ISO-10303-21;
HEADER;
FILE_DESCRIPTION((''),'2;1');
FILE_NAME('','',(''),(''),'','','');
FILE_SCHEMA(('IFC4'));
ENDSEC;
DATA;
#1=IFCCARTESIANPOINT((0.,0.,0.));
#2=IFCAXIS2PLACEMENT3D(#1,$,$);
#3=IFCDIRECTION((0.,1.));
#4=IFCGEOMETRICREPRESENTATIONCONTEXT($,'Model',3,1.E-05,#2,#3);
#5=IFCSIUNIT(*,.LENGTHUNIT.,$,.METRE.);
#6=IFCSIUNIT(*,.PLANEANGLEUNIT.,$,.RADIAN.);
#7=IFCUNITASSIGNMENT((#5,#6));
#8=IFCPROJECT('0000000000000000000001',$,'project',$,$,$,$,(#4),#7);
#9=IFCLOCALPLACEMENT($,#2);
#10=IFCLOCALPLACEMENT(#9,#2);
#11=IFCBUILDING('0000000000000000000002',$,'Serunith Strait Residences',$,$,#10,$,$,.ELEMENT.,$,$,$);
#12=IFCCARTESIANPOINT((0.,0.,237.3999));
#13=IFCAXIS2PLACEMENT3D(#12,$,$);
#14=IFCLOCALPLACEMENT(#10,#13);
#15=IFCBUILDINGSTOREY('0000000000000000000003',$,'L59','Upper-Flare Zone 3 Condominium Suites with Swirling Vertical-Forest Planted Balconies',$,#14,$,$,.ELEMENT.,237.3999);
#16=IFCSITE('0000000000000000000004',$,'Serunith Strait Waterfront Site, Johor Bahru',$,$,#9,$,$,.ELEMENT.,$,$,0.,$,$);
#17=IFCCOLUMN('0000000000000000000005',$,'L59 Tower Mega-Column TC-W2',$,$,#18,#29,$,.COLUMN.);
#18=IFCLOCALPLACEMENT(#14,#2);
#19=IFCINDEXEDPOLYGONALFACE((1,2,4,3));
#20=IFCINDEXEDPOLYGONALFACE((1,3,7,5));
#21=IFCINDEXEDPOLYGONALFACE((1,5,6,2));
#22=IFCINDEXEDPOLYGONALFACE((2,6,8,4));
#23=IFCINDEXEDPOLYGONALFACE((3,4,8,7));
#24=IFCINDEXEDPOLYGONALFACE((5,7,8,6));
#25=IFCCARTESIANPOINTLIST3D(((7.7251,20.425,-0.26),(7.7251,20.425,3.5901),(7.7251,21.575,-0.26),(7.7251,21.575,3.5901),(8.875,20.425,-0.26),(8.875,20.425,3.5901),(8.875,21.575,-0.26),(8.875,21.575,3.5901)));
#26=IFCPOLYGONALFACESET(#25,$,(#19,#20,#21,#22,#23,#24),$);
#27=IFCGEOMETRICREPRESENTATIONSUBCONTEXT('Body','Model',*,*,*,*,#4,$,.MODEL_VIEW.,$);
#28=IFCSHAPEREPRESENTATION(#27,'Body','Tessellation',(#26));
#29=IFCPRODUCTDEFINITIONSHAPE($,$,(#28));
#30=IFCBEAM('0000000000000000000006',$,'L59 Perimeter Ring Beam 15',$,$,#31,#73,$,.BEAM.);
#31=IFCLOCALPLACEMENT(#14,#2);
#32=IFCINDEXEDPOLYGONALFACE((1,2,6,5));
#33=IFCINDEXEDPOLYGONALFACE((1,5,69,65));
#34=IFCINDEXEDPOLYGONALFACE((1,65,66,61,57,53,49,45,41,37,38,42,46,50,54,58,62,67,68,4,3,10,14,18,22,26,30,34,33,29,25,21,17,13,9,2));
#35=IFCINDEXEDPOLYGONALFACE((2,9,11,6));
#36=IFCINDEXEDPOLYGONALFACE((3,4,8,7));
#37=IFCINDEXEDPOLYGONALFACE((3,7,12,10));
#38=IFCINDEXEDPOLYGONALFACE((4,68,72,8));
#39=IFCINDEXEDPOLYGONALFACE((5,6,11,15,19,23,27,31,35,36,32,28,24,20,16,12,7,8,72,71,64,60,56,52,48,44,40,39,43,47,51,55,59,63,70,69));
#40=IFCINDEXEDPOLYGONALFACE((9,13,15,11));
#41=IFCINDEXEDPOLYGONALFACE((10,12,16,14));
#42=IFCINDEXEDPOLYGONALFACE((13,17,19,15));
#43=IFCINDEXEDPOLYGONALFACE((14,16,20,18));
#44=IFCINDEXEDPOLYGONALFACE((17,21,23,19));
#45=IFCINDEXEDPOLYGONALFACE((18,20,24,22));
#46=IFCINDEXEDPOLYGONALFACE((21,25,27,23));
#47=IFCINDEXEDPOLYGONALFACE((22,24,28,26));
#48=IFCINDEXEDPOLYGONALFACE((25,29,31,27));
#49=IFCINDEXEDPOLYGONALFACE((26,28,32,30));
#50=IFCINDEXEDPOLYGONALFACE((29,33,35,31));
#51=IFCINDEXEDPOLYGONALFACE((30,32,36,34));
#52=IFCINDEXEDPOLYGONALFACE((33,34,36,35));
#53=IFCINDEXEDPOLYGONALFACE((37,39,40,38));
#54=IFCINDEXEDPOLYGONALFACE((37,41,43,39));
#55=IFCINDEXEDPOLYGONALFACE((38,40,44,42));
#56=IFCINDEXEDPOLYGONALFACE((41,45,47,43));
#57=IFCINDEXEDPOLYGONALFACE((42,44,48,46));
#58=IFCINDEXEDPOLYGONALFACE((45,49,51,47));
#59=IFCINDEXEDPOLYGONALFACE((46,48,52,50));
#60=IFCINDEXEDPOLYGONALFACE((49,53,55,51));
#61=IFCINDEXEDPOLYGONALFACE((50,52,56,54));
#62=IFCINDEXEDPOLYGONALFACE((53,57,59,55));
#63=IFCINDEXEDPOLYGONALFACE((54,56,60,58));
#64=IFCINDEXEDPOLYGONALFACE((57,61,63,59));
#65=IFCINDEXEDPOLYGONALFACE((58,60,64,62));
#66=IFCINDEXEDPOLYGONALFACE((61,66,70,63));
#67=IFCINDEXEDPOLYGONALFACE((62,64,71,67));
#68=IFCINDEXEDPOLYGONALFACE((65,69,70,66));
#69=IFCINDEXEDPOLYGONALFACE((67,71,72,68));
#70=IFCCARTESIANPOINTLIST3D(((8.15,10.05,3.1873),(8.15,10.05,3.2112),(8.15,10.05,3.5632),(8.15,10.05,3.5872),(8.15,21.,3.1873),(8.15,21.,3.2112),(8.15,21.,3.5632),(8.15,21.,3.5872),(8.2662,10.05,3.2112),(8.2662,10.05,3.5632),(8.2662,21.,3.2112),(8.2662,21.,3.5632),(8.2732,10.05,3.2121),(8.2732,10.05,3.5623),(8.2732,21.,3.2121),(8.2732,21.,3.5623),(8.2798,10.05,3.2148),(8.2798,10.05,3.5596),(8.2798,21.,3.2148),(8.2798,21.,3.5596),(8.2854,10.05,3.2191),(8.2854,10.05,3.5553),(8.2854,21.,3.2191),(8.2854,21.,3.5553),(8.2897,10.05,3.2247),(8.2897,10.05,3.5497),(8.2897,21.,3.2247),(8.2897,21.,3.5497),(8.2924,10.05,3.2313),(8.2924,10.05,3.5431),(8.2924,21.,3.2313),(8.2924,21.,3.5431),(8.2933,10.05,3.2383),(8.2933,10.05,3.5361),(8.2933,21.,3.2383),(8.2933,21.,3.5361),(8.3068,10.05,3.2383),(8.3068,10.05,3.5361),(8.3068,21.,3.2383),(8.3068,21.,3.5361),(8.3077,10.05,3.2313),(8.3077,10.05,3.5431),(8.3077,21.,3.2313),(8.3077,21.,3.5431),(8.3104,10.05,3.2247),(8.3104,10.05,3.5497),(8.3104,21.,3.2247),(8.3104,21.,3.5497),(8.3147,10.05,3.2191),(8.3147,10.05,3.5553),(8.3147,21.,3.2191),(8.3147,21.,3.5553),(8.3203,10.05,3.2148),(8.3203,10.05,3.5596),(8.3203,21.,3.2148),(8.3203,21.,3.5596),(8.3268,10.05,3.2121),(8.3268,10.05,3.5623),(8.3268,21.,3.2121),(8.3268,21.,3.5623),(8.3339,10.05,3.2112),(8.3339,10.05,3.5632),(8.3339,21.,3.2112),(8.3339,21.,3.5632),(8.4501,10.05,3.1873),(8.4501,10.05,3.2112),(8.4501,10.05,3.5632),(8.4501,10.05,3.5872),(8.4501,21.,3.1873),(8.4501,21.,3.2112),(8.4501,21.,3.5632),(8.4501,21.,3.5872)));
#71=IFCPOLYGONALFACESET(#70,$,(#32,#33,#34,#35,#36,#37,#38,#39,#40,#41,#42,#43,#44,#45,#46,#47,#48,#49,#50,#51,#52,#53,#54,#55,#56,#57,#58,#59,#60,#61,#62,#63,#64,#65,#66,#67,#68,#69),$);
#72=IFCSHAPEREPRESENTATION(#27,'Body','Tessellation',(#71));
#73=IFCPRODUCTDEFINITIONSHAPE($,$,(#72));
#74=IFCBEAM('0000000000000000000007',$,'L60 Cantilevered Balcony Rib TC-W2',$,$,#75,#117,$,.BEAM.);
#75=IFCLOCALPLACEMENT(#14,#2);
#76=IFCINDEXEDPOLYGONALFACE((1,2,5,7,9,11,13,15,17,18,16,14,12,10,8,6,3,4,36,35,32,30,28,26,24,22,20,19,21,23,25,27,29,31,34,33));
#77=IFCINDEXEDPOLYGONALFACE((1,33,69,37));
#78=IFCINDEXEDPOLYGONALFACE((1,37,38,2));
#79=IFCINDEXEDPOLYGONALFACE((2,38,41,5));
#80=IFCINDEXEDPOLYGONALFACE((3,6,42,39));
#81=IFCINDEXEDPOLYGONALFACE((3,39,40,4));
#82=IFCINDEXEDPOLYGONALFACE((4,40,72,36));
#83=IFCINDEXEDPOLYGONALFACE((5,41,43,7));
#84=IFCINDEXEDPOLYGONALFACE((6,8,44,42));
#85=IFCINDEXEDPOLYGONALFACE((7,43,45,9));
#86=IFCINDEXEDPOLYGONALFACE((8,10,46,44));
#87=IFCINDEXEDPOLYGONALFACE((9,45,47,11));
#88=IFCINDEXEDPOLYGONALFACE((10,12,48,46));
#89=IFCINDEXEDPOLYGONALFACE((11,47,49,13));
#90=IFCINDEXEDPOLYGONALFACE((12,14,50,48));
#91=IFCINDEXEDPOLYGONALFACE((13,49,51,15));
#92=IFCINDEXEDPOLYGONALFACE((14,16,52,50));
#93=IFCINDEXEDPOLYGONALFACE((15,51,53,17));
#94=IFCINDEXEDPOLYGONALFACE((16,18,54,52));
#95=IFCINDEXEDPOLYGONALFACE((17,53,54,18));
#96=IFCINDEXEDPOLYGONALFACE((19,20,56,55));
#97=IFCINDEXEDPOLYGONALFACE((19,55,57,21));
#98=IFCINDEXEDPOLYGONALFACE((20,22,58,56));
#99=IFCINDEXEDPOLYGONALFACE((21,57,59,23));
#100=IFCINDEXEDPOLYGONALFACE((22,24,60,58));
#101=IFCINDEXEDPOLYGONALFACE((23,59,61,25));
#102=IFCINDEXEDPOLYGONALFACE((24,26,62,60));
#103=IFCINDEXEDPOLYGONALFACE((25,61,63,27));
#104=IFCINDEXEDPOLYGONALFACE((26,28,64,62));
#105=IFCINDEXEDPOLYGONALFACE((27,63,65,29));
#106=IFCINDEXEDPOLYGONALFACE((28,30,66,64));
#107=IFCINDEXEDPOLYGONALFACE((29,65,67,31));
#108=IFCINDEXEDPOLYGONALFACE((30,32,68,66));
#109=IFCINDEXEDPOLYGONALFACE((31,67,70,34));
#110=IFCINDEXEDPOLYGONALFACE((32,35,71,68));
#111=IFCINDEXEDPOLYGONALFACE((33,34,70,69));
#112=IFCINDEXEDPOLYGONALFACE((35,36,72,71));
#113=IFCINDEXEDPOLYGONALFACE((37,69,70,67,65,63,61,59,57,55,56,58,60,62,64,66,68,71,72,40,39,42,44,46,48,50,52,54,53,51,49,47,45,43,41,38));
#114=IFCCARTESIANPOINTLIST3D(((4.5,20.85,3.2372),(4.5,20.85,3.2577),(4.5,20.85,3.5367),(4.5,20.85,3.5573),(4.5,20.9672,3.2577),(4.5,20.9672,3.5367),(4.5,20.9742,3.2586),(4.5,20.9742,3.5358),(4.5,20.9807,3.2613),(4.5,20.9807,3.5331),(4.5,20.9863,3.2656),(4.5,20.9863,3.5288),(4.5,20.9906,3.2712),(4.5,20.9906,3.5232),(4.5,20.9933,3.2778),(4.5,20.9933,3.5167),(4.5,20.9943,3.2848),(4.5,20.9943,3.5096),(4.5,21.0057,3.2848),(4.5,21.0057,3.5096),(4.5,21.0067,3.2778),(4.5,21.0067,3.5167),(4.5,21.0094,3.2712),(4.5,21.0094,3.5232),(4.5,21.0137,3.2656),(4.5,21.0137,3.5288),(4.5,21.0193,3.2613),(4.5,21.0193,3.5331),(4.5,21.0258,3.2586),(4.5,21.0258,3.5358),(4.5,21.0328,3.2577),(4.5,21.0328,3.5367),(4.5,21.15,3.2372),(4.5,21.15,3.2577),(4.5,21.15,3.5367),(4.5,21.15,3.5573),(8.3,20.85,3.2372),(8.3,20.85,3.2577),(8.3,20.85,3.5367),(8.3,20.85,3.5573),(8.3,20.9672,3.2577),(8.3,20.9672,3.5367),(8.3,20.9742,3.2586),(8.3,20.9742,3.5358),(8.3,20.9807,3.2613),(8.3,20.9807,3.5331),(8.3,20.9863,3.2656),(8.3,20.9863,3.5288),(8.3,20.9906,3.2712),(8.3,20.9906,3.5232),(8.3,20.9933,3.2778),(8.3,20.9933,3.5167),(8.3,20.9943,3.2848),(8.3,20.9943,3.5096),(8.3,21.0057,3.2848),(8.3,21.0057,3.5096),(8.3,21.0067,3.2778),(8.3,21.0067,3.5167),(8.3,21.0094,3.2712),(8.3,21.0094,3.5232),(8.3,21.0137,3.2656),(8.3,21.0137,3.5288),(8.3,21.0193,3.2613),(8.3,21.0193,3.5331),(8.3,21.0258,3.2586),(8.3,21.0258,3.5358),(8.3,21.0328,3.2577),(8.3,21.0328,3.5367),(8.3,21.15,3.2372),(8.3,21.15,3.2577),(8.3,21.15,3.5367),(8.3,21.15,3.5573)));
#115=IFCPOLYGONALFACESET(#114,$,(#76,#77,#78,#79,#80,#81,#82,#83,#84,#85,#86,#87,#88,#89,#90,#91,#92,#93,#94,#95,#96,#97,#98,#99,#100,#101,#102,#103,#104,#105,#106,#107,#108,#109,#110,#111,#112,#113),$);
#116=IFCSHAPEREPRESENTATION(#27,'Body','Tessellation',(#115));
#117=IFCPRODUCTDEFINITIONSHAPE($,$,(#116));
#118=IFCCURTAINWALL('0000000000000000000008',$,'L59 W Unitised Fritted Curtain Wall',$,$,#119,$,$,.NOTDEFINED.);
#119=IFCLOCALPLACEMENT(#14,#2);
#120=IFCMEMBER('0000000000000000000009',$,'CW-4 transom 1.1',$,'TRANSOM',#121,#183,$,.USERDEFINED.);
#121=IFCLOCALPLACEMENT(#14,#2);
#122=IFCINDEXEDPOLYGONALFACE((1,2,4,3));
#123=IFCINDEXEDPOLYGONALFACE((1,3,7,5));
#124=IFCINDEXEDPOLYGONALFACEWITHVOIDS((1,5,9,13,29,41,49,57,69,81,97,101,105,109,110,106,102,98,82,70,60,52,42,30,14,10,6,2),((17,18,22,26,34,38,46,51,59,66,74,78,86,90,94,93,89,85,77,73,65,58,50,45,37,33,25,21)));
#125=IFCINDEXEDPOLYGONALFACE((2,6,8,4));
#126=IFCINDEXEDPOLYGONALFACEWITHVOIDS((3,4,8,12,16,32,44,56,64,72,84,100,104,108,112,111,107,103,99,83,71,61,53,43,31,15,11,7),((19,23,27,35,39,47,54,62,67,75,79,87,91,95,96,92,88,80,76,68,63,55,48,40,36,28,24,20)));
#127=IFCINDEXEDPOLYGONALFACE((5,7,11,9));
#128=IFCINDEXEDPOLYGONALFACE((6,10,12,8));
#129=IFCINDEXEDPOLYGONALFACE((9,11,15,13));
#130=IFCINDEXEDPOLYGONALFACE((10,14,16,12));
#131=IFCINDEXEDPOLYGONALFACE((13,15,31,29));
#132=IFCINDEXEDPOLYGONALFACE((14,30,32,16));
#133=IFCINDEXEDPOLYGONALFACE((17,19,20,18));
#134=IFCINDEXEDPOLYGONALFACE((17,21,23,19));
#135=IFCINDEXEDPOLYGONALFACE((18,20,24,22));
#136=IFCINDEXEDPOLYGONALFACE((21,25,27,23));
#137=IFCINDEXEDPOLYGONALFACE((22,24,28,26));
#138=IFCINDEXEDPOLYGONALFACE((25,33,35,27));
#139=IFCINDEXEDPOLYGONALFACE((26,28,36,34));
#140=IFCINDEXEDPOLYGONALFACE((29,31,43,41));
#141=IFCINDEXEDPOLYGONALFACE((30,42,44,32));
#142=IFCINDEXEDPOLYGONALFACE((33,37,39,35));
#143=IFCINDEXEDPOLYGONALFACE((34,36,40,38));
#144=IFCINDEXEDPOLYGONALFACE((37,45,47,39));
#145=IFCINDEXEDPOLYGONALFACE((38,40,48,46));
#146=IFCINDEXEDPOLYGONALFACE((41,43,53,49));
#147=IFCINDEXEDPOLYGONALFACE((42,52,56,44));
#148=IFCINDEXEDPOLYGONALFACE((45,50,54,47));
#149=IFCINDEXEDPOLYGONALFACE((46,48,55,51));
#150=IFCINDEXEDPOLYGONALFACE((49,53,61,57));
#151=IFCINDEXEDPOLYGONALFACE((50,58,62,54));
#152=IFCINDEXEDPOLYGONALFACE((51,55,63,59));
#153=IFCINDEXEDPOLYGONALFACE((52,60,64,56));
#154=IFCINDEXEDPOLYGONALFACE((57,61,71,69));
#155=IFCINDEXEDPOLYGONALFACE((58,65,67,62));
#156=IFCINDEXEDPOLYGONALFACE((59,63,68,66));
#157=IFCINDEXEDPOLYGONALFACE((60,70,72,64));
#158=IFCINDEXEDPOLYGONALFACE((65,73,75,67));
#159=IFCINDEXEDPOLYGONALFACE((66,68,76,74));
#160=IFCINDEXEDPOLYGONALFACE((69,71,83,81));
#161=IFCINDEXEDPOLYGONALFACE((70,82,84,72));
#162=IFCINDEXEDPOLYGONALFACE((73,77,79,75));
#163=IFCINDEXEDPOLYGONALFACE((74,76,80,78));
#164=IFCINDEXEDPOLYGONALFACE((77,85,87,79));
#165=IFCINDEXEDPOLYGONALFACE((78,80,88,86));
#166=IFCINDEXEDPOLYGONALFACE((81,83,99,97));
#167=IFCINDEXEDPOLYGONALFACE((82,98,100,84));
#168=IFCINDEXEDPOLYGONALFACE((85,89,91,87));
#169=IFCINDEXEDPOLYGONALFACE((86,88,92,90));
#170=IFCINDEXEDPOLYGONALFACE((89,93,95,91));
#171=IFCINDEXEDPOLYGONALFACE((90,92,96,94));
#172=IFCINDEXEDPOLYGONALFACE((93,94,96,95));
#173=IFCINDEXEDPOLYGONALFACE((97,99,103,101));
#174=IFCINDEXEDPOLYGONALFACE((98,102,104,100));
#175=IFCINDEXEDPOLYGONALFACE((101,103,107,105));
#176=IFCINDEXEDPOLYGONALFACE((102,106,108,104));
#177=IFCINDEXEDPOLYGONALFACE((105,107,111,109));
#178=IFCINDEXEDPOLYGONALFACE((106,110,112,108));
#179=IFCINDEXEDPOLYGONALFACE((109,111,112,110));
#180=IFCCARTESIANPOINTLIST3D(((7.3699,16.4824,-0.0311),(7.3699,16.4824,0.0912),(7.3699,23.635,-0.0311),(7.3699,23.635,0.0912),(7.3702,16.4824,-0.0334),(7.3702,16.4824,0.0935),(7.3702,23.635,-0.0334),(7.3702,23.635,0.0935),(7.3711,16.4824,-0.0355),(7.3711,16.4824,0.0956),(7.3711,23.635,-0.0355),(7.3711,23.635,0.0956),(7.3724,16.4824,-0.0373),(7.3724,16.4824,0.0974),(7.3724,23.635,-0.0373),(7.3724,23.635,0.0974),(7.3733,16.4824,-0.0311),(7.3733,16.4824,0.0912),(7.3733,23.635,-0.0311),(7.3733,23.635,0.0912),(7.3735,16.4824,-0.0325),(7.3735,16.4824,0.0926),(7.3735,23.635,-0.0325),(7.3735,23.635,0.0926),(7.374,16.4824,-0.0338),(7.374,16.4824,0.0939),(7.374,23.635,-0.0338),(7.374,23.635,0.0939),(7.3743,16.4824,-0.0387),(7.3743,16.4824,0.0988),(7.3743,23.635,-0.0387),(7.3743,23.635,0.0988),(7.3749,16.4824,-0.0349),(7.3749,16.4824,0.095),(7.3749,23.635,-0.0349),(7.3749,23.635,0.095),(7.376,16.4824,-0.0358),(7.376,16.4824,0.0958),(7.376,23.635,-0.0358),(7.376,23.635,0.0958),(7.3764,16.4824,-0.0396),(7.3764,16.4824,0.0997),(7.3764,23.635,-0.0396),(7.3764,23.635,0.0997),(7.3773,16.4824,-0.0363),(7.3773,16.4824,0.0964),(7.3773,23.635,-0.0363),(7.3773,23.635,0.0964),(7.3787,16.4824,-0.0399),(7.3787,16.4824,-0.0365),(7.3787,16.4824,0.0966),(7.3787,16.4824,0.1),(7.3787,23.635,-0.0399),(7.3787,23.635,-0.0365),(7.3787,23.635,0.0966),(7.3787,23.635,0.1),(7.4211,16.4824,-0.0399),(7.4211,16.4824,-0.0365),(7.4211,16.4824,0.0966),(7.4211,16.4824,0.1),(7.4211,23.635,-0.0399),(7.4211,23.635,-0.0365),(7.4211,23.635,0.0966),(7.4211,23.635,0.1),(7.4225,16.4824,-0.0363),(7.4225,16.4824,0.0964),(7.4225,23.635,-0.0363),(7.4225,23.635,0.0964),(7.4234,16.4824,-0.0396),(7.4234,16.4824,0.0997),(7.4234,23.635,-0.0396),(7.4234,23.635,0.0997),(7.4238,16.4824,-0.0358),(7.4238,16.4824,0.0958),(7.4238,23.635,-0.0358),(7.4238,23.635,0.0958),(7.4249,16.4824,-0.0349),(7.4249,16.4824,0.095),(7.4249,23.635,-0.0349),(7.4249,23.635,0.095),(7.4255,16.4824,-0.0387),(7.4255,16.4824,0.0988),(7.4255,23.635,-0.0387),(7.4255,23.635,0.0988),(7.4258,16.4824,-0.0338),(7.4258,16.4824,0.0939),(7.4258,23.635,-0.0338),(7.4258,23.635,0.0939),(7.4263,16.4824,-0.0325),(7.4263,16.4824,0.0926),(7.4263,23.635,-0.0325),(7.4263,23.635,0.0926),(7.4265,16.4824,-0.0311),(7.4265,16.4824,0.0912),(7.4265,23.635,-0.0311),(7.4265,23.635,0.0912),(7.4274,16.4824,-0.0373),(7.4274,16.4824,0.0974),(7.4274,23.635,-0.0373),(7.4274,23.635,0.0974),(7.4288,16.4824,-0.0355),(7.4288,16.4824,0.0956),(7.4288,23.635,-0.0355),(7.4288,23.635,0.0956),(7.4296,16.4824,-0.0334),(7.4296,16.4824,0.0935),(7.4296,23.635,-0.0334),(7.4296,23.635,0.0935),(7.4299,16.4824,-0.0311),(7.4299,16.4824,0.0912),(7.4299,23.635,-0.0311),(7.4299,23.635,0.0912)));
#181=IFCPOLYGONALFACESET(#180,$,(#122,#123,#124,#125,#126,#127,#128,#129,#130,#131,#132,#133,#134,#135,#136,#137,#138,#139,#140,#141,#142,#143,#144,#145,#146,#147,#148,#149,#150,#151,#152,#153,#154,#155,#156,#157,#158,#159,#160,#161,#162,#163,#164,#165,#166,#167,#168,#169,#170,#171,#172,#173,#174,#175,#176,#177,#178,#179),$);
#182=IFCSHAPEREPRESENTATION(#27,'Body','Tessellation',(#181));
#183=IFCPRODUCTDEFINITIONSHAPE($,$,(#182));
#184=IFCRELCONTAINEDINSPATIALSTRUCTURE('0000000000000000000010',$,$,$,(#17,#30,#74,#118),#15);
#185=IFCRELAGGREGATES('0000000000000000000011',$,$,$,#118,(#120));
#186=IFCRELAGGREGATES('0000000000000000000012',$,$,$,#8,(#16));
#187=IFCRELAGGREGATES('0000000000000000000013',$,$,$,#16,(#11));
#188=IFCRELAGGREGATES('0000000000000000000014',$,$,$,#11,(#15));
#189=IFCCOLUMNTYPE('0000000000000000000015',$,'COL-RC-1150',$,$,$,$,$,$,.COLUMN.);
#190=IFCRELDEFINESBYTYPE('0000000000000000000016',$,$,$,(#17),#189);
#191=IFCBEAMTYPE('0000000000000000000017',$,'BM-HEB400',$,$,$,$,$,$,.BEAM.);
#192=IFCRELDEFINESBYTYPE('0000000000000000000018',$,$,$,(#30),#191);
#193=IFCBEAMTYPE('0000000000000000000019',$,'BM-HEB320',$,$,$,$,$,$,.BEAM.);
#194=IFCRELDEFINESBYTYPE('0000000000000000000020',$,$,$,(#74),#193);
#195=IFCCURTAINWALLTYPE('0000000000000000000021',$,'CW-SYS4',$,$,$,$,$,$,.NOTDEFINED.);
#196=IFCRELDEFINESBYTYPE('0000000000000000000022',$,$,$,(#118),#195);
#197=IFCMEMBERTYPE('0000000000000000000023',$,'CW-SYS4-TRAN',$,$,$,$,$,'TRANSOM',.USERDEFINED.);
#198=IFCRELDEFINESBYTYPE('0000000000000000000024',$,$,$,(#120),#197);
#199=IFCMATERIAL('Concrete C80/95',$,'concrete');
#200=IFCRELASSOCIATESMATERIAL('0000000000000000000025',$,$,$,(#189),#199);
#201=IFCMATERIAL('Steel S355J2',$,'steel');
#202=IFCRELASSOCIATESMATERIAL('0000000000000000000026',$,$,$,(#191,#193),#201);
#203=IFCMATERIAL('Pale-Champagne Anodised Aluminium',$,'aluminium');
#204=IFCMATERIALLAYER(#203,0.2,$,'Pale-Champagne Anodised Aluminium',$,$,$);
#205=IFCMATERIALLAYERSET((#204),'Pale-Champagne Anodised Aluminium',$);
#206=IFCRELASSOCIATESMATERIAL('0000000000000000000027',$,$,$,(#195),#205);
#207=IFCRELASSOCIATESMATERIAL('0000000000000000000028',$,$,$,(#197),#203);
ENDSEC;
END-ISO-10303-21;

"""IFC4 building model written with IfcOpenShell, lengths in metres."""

from ifc_helpers import new_model, si_unit, direction, frame, origin, origin_2d, place, context, subcontext, project, spatial, rectangle, hollow_rectangle, i_section, extrude, source, transform, mapped, material, layer, layer_set, material_profile, profile_set, type_object, element, aggregate, save


model = new_model("IFC4")

# Units and contexts
model_context = context("Model", 3, precision=1e-05, world=origin(), true_north=direction((0.0, 1.0)))
body_context = subcontext(model_context, "Body", "Model", "MODEL_VIEW")
ifc_project = project(units=[si_unit("LENGTHUNIT", "METRE"), si_unit("PLANEANGLEUNIT", "RADIAN")], contexts=[model_context])

# Site, building, storey
site_placement = place(None, origin())
site = spatial("IfcSite", under=ifc_project, at=site_placement, Name="Serunith Strait Waterfront Site, Johor Bahru", CompositionType="ELEMENT", RefElevation=0.0)
building_placement = place(site_placement, origin())
building = spatial("IfcBuilding", under=site, at=building_placement, Name="Serunith Strait Residences", CompositionType="ELEMENT")
storey_placement = place(building_placement, frame((0.0, 0.0, 237.3999)))
storey = spatial("IfcBuildingStorey", under=building, at=storey_placement, Name="L59", Description="Upper-Flare Zone 3 Condominium Suites with Swirling Vertical-Forest Planted Balconies", CompositionType="ELEMENT", Elevation=237.3999)

# Column
ifc_material_1 = material(Name="Concrete C80/95", Category="concrete")
ifc_material_profile_1 = material_profile(ifc_material_1, rectangle(XDim=1.1499, YDim=1.1499, at=origin_2d()), Name="RC 1150x1150")
ifc_profile_set_1 = profile_set([ifc_material_profile_1], Name="Concrete C80/95")
column_type = type_object("IfcColumnType", Name="COL-RC-1150", PredefinedType="COLUMN", material=ifc_profile_set_1)
shared_shape_1 = source(origin(), body_context, "Body", "SweptSolid", [
    extrude(rectangle(XDim=1.1499, YDim=1.1499, at=origin_2d()), origin(), (0.0, 0.0, 1.0), 3.8501),
])
column_placement = place(storey_placement, frame((8.3, 21.0, -0.26), z_axis=(0.0, 0.0, 1.0), x_axis=(1.0, 0.0, 0.0)))
element("IfcColumn", 1, at=column_placement, inside=storey, type_object=column_type, Name="L59 Tower Mega-Column TC-W2", PredefinedType="COLUMN", context=body_context, shape_type="MappedRepresentation", body=[
    mapped(shared_shape_1, transform((0.0, 0.0, 0.0), scale=1.0)),
])

# Beams
ifc_material_2 = material(Name="Steel S355J2", Category="steel")
ifc_material_profile_2 = material_profile(ifc_material_2, i_section(OverallWidth=0.3, OverallDepth=0.3999, WebThickness=0.0134, FlangeThickness=0.0239, FilletRadius=0.0271, at=origin_2d()), Name="HEB 400")
ifc_profile_set_2 = profile_set([ifc_material_profile_2], Name="Steel S355J2")
beam_type_1 = type_object("IfcBeamType", Name="BM-HEB400", PredefinedType="BEAM", material=ifc_profile_set_2)
shared_shape_2 = source(origin(), body_context, "Body", "SweptSolid", [
    extrude(i_section(OverallWidth=0.3, OverallDepth=0.3999, WebThickness=0.0134, FlangeThickness=0.0239, FilletRadius=0.0271, at=origin_2d()), origin(), (0.0, 0.0, 1.0), 10.95),
])
beam_1_placement = place(storey_placement, frame((8.3, 21.0, 3.3872), z_axis=(0.0, -1.0, 0.0), x_axis=(1.0, 0.0, 0.0)))
element("IfcBeam", 2, at=beam_1_placement, inside=storey, type_object=beam_type_1, Name="L59 Perimeter Ring Beam 15", PredefinedType="BEAM", context=body_context, shape_type="MappedRepresentation", body=[
    mapped(shared_shape_2, transform((0.0, 0.0, 0.0), scale=1.0)),
])
ifc_material_profile_3 = material_profile(ifc_material_2, i_section(OverallWidth=0.3, OverallDepth=0.3201, WebThickness=0.0115, FlangeThickness=0.0205, FilletRadius=0.0271, at=origin_2d()), Name="HEB 320")
ifc_profile_set_3 = profile_set([ifc_material_profile_3], Name="Steel S355J2")
beam_type_2 = type_object("IfcBeamType", Name="BM-HEB320", PredefinedType="BEAM", material=ifc_profile_set_3)
shared_shape_3 = source(origin(), body_context, "Body", "SweptSolid", [
    extrude(i_section(OverallWidth=0.3, OverallDepth=0.3201, WebThickness=0.0115, FlangeThickness=0.0205, FilletRadius=0.0271, at=origin_2d()), origin(), (0.0, 0.0, 1.0), 3.8),
])
beam_2_placement = place(storey_placement, frame((8.3, 21.0, 3.3972), z_axis=(-1.0, 0.0, 0.0), x_axis=(0.0, -1.0, 0.0)))
element("IfcBeam", 3, at=beam_2_placement, inside=storey, type_object=beam_type_2, Name="L60 Cantilevered Balcony Rib TC-W2", PredefinedType="BEAM", context=body_context, shape_type="MappedRepresentation", body=[
    mapped(shared_shape_3, transform((0.0, 0.0, 0.0), scale=1.0)),
])

# Curtain wall, member
ifc_material_3 = material(Name="Pale-Champagne Anodised Aluminium", Category="aluminium")
ifc_layer_1 = layer(ifc_material_3, 0.2, Name="Pale-Champagne Anodised Aluminium")
ifc_layer_set_1 = layer_set([ifc_layer_1], Name="Pale-Champagne Anodised Aluminium")
curtain_wall_type = type_object("IfcCurtainWallType", Name="CW-SYS4", PredefinedType="NOTDEFINED", material=ifc_layer_set_1)
curtain_wall_placement = place(storey_placement, origin())
curtain_wall = element("IfcCurtainWall", 4, at=curtain_wall_placement, inside=storey, type_object=curtain_wall_type, Name="L59 W Unitised Fritted Curtain Wall", PredefinedType="NOTDEFINED")
ifc_material_profile_4 = material_profile(ifc_material_3, hollow_rectangle(XDim=0.0601, YDim=0.1399, WallThickness=0.0034, InnerFilletRadius=0.0054, OuterFilletRadius=0.0088, at=origin_2d()), Name="ALU 140x60x3.5")
ifc_profile_set_4 = profile_set([ifc_material_profile_4], Name="Pale-Champagne Anodised Aluminium")
member_type_1 = type_object("IfcMemberType", Name="CW-SYS4-TRAN", ElementType="TRANSOM", PredefinedType="USERDEFINED", material=ifc_profile_set_4)
shared_shape_4 = source(origin(), body_context, "Body", "SweptSolid", [
    extrude(hollow_rectangle(XDim=0.0601, YDim=0.1399, WallThickness=0.0034, InnerFilletRadius=0.0054, OuterFilletRadius=0.0088, at=origin_2d()), origin(), (0.0, 0.0, 1.0), 7.1526),
])
member_1_placement = place(storey_placement, frame((7.3999, 23.635, 0.03), z_axis=(0.0, -1.0, 0.0), x_axis=(1.0, 0.0, 0.0)))
member_1 = element("IfcMember", 5, at=member_1_placement, type_object=member_type_1, Name="CW-4 transom 1.1", ObjectType="TRANSOM", PredefinedType="USERDEFINED", context=body_context, shape_type="MappedRepresentation", body=[
    mapped(shared_shape_4, transform((0.0, 0.0, 0.0), scale=1.0)),
])
aggregate(curtain_wall, [member_1])

save(model, "model.ifc")
